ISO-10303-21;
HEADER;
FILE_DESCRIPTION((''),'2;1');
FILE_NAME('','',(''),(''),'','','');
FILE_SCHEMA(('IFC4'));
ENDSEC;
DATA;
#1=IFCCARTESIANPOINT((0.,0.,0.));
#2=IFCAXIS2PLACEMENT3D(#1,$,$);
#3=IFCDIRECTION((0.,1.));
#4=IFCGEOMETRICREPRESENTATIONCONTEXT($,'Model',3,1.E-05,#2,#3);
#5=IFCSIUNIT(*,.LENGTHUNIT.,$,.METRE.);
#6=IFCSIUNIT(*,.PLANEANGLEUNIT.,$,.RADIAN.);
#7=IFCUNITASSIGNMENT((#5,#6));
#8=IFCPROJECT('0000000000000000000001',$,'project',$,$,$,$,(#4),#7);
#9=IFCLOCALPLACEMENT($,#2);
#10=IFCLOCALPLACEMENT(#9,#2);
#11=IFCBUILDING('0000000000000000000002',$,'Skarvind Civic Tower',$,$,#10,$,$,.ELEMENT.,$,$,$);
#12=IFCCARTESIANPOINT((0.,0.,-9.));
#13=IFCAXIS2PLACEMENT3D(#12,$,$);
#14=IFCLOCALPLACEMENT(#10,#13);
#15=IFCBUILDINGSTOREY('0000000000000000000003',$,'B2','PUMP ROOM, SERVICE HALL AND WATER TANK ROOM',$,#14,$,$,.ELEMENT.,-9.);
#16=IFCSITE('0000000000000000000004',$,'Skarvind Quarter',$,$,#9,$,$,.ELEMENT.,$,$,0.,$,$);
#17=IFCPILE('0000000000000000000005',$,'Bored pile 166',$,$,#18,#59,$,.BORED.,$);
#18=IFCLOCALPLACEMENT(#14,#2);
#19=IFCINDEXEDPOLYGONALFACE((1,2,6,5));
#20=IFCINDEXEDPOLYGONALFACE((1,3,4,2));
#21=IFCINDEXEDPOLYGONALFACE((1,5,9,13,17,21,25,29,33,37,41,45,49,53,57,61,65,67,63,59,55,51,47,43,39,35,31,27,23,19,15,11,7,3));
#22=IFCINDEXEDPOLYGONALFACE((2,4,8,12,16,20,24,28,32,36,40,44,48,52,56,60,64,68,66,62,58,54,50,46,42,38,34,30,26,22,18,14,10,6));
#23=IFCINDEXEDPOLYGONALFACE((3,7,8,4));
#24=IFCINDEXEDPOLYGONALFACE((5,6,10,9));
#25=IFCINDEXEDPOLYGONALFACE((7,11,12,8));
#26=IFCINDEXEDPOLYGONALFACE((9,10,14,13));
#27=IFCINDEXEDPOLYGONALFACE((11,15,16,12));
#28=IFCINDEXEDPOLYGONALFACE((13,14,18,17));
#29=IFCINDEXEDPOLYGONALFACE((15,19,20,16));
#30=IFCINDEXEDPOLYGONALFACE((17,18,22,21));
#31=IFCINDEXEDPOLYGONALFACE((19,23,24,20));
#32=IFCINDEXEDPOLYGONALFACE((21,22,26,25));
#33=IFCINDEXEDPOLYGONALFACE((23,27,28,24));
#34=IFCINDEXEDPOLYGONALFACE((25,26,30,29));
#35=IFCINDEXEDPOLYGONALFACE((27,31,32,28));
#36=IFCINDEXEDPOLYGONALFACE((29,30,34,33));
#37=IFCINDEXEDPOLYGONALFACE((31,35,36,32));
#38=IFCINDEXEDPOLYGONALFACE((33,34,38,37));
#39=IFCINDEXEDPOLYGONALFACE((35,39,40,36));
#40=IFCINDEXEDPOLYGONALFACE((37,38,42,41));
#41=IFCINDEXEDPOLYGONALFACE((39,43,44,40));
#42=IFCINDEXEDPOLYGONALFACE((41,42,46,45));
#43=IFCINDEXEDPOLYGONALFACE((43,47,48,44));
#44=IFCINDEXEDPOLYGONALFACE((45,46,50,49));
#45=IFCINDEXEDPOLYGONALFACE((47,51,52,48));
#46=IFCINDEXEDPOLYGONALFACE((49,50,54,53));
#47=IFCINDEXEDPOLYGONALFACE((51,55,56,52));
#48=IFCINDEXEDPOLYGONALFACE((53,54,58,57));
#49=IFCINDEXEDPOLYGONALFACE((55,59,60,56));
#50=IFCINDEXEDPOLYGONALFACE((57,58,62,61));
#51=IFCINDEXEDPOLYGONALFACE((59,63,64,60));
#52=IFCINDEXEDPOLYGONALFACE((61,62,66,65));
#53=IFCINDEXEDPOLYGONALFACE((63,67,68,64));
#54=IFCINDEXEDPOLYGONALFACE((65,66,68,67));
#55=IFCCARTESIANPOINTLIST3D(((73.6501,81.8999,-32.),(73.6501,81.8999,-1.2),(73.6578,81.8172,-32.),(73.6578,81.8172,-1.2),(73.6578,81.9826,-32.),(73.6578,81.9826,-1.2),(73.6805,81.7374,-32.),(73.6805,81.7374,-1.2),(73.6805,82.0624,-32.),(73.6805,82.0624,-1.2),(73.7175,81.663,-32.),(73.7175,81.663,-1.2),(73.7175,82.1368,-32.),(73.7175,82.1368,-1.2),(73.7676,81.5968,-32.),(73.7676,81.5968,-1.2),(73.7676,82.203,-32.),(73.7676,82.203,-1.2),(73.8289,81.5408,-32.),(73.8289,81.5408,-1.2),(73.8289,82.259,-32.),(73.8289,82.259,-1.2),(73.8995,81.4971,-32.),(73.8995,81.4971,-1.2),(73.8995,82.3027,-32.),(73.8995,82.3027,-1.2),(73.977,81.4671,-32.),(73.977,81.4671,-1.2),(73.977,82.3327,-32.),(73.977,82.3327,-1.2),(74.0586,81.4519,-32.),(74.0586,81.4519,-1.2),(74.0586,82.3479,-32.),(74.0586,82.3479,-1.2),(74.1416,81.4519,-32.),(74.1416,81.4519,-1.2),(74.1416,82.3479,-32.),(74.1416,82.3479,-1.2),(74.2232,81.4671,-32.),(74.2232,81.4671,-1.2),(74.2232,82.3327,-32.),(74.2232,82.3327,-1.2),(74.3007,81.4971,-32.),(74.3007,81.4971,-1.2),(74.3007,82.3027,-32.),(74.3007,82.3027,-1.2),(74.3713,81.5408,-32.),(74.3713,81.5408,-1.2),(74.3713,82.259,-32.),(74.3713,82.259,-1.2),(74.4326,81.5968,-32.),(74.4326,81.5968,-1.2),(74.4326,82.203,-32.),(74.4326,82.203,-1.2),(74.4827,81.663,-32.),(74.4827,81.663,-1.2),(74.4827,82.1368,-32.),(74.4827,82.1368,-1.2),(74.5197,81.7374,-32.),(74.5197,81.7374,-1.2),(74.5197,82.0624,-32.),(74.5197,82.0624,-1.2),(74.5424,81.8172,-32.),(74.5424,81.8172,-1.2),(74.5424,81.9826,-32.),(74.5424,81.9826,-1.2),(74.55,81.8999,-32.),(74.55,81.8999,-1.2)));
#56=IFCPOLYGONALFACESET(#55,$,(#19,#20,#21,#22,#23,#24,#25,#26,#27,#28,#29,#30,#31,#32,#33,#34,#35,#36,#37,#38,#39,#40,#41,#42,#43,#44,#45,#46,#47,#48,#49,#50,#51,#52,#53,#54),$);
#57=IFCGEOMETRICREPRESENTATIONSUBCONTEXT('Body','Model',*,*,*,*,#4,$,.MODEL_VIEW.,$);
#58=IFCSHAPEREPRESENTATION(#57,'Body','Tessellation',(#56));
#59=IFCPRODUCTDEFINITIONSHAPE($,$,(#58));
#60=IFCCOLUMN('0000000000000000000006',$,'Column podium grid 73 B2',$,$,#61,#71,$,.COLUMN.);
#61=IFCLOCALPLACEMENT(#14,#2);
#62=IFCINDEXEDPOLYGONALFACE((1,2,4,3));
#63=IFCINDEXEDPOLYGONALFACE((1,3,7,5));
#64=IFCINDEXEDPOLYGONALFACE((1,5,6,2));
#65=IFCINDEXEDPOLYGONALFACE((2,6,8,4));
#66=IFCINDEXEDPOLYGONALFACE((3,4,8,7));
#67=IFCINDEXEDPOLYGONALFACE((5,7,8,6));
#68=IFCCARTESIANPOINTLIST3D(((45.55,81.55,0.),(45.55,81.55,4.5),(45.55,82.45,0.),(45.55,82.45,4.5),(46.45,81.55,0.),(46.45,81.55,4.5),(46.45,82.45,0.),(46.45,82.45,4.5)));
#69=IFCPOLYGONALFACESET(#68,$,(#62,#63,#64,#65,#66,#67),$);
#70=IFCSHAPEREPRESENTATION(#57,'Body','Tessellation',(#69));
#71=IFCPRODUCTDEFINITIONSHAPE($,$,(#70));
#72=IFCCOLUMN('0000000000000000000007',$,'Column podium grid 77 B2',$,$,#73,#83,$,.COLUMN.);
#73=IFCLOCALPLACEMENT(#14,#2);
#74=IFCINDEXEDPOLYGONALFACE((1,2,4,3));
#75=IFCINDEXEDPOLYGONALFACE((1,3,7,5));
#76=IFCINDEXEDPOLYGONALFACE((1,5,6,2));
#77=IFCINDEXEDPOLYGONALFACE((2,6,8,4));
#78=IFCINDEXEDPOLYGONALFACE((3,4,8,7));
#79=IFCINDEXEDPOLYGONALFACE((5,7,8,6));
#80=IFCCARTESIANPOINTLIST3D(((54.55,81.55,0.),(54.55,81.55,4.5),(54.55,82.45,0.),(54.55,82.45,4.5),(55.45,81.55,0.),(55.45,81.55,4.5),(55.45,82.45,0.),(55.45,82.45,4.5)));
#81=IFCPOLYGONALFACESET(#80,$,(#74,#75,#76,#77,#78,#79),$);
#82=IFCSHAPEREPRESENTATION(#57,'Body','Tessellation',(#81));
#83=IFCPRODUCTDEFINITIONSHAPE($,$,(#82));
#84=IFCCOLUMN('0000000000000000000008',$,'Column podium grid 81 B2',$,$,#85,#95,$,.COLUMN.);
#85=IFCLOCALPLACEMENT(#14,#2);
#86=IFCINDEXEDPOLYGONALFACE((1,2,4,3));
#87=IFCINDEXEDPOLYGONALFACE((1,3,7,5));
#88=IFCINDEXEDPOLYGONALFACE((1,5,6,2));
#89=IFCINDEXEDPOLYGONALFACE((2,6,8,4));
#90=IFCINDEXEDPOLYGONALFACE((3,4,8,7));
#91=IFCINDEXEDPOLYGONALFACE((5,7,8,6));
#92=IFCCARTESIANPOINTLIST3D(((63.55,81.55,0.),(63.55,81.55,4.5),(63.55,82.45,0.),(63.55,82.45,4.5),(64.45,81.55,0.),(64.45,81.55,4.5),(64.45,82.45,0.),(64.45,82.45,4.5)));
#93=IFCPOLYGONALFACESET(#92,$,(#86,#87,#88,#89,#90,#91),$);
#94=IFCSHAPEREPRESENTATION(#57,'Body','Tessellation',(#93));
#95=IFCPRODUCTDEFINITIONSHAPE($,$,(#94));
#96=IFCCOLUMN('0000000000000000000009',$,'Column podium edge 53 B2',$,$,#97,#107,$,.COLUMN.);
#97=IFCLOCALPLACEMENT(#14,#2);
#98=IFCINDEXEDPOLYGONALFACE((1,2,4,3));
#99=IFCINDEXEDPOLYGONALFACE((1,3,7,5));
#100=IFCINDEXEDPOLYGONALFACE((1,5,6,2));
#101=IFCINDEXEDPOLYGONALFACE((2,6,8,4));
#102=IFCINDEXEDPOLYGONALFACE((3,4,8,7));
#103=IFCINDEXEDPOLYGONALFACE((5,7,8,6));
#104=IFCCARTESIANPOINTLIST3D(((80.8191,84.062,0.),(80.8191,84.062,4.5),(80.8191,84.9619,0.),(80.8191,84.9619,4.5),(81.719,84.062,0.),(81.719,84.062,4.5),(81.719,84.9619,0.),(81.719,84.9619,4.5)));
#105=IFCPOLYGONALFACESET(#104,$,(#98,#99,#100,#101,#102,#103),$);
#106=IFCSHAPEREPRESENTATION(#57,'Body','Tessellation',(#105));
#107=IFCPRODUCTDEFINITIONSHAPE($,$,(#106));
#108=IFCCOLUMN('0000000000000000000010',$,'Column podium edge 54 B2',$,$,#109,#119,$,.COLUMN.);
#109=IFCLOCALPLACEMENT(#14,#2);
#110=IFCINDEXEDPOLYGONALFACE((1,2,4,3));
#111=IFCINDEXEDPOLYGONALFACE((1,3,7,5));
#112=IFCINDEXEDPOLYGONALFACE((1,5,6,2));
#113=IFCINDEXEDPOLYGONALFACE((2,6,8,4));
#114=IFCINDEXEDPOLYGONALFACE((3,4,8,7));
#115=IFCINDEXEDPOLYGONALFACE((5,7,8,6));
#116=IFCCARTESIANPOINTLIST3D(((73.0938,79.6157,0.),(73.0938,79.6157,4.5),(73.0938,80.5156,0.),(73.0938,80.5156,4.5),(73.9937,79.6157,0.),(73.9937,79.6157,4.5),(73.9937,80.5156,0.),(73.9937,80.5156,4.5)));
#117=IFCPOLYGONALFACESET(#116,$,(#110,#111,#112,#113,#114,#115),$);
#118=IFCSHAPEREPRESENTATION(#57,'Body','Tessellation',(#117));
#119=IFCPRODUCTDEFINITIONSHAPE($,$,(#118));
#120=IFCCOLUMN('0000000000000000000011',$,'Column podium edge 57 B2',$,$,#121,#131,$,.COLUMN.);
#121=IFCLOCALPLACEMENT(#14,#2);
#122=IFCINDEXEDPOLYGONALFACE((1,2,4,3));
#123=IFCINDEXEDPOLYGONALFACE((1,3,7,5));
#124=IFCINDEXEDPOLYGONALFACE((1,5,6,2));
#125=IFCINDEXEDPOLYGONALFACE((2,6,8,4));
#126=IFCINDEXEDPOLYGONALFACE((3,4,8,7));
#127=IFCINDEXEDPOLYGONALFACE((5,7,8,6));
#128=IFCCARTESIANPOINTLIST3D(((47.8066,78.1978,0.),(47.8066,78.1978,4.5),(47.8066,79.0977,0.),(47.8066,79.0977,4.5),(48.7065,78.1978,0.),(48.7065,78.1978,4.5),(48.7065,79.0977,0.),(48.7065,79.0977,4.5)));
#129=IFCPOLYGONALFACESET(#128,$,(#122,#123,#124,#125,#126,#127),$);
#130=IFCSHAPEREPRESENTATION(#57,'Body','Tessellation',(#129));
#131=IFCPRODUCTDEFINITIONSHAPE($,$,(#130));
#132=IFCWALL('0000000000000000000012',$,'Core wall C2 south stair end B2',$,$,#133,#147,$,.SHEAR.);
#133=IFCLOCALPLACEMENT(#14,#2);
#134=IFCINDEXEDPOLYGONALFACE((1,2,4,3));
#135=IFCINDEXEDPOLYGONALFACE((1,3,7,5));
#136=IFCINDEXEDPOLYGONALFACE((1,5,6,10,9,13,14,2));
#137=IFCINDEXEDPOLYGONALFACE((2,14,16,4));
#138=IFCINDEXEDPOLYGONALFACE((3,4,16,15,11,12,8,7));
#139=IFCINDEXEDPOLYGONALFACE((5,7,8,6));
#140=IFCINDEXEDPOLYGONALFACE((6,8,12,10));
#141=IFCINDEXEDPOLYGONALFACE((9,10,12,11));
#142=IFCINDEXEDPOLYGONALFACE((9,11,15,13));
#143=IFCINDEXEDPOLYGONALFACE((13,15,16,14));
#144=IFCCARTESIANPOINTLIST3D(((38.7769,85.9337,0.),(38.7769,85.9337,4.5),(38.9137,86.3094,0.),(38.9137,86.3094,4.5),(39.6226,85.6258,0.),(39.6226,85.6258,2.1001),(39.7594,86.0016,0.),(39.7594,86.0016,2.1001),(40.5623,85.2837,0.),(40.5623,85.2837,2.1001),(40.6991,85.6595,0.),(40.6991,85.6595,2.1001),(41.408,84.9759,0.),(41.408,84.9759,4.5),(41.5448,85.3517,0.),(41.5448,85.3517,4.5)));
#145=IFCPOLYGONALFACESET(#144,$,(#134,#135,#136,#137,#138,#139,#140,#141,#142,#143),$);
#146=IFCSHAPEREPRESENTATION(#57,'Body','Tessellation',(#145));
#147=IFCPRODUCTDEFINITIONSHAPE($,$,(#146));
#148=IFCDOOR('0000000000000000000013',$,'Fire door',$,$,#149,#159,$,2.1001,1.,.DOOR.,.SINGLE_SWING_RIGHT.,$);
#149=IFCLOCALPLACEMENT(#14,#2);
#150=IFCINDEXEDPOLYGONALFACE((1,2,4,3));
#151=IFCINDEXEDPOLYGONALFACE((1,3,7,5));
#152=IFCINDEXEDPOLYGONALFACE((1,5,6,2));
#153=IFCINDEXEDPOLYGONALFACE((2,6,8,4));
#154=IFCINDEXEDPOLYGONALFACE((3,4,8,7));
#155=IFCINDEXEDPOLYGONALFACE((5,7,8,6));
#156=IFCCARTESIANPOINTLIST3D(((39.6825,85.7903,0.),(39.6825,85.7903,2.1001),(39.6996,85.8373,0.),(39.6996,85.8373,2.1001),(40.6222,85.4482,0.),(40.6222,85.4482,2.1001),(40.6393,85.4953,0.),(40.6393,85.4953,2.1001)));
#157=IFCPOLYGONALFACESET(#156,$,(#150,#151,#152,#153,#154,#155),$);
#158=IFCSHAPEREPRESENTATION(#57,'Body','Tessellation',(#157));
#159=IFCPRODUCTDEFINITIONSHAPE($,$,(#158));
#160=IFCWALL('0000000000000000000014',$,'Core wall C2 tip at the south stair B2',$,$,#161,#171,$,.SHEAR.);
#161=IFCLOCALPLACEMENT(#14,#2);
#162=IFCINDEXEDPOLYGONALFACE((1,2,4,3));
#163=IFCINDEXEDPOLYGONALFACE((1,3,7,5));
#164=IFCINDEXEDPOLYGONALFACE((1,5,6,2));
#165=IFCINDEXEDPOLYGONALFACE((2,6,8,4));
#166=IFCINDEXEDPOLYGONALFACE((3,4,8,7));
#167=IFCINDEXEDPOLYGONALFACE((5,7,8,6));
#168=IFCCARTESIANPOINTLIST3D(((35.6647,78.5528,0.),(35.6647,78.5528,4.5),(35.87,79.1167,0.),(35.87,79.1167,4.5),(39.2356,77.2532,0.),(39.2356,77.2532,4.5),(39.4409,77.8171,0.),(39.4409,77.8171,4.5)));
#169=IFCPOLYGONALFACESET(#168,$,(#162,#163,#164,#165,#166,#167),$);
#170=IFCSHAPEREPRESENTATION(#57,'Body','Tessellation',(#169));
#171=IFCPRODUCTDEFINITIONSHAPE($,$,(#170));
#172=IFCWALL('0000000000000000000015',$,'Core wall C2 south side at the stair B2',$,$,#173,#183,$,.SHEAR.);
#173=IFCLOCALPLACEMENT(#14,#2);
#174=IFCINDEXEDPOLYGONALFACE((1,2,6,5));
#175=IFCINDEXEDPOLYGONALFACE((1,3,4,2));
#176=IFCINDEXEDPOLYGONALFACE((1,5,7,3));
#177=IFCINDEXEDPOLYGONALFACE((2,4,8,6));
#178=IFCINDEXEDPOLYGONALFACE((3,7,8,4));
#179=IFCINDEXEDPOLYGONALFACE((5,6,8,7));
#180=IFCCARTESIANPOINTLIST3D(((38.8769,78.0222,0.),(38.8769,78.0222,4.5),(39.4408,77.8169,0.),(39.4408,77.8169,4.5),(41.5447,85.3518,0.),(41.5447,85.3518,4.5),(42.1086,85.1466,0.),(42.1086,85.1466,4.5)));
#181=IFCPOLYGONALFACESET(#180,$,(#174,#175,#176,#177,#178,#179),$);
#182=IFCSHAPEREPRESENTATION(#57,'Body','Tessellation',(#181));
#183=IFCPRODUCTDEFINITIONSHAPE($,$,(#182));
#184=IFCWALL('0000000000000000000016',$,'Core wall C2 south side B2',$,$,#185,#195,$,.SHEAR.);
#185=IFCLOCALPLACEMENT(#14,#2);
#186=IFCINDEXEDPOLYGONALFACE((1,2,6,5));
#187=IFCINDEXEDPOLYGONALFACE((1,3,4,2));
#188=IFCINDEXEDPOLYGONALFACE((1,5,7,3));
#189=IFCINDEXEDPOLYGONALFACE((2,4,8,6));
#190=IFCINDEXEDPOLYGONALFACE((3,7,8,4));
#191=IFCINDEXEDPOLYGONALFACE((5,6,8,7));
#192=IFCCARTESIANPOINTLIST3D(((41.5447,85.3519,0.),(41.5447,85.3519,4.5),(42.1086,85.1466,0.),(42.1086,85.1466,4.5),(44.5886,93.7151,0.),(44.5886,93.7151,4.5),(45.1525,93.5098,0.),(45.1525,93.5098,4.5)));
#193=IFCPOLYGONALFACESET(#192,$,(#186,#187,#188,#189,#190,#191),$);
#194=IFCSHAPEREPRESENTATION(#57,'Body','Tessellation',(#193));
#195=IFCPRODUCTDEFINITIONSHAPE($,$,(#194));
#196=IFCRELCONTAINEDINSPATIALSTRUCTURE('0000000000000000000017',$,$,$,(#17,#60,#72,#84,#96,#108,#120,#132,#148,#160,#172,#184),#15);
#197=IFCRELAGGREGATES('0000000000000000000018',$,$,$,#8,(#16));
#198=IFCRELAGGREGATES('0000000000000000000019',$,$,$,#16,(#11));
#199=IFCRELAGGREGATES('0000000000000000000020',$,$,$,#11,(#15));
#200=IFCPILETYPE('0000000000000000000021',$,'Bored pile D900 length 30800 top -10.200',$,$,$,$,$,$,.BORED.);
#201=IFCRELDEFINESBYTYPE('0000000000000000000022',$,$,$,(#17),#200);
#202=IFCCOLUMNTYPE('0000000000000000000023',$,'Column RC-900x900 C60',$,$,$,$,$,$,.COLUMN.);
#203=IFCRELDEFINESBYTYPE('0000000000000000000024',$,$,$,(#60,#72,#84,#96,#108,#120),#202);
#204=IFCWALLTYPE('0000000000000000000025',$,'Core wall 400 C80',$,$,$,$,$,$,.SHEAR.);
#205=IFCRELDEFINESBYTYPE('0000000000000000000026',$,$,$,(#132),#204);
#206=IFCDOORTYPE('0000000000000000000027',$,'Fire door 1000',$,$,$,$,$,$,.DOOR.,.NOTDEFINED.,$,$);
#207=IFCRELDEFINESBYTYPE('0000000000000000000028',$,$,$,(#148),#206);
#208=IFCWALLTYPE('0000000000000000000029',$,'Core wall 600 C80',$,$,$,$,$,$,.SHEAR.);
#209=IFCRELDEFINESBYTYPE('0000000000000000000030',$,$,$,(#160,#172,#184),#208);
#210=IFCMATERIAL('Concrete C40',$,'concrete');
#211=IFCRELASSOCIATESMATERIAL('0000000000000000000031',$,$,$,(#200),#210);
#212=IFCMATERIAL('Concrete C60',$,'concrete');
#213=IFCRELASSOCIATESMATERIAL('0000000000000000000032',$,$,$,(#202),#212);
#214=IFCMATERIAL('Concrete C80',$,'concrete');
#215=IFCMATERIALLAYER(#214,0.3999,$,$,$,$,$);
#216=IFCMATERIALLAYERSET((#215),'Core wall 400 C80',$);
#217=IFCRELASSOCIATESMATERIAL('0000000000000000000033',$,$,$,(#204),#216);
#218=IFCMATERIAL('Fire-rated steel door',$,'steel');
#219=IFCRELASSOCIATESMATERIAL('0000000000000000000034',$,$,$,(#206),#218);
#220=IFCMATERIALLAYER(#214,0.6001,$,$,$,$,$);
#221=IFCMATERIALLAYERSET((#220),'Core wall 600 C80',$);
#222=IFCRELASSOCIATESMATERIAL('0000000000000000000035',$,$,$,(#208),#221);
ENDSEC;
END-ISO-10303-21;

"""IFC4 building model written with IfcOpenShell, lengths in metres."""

from ifc_helpers import new_model, si_unit, direction, frame, frame_2d, origin, origin_2d, place, context, subcontext, project, spatial, rectangle, circle, extrude, material, layer, layer_set, material_profile, profile_set, type_object, element, fill, save


model = new_model("IFC4")

# Units and contexts
model_context = context("Model", 3, precision=1e-05, world=origin(), true_north=direction((0.0, 1.0)))
body_context = subcontext(model_context, "Body", "Model", "MODEL_VIEW")
ifc_project = project(units=[si_unit("LENGTHUNIT", "METRE"), si_unit("PLANEANGLEUNIT", "RADIAN")], contexts=[model_context])

# Site, building, storey
site_placement = place(None, origin())
site = spatial("IfcSite", under=ifc_project, at=site_placement, Name="Skarvind Quarter", CompositionType="ELEMENT", RefElevation=0.0)
building_placement = place(site_placement, origin())
building = spatial("IfcBuilding", under=site, at=building_placement, Name="Skarvind Civic Tower", CompositionType="ELEMENT")
storey_placement = place(building_placement, frame((0.0, 0.0, -9.0)))
storey = spatial("IfcBuildingStorey", under=building, at=storey_placement, Name="B2", Description="PUMP ROOM, SERVICE HALL AND WATER TANK ROOM", CompositionType="ELEMENT", Elevation=-9.0)

# Pile
ifc_material_1 = material(Name="Concrete C40", Category="concrete")
pile_type_1 = type_object("IfcPileType", Name="Bored pile D900 length 30800 top -10.200", PredefinedType="BORED", material=ifc_material_1)
for number, where, z_axis, x_axis, name in (
    (1, (74.1001, 81.8999, -1.2), (0.0, 0.0, -1.0), (1.0, 0.0, 0.0), "Bored pile 166"),
):
    element("IfcPile", number, at=place(storey_placement, frame(where, z_axis=z_axis, x_axis=x_axis)), inside=storey, type_object=pile_type_1, Name=name, PredefinedType="BORED", context=body_context, shape_type="SweptSolid", body=[
        extrude(circle(Radius=0.45, at=origin_2d()), origin(), (0.0, 0.0, 1.0), 30.8),
    ])

# Columns
ifc_material_2 = material(Name="Concrete C60", Category="concrete")
ifc_material_profile = material_profile(ifc_material_2, rectangle(XDim=0.8999, YDim=0.8999, at=origin_2d()), Name="RC-900x900")
ifc_profile_set = profile_set([ifc_material_profile], Name="Concrete C60")
column_type = type_object("IfcColumnType", Name="Column RC-900x900 C60", PredefinedType="COLUMN", material=ifc_profile_set)
for number, where, z_axis, x_axis, name in (
    (2, (46.0, 82.0, 0.0), (0.0, 0.0, 1.0), (1.0, 0.0, 0.0), "Column podium grid 73 B2"),
    (3, (55.0, 82.0, 0.0), (0.0, 0.0, 1.0), (1.0, 0.0, 0.0), "Column podium grid 77 B2"),
    (4, (64.0, 82.0, 0.0), (0.0, 0.0, 1.0), (1.0, 0.0, 0.0), "Column podium grid 81 B2"),
    (5, (81.269, 84.512, 0.0), (0.0, 0.0, 1.0), (1.0, 0.0, 0.0), "Column podium edge 53 B2"),
    (6, (73.5437, 80.0657, 0.0), (0.0, 0.0, 1.0), (1.0, 0.0, 0.0), "Column podium edge 54 B2"),
    (7, (48.2566, 78.6477, 0.0), (0.0, 0.0, 1.0), (1.0, 0.0, 0.0), "Column podium edge 57 B2"),
):
    element("IfcColumn", number, at=place(storey_placement, frame(where, z_axis=z_axis, x_axis=x_axis)), inside=storey, type_object=column_type, Name=name, PredefinedType="COLUMN", context=body_context, shape_type="SweptSolid", body=[
        extrude(rectangle(XDim=0.8999, YDim=0.8999, at=origin_2d()), origin(), (0.0, 0.0, 1.0), 4.5),
    ])

# Wall, opening, door
ifc_material_3 = material(Name="Concrete C80", Category="concrete")
ifc_layer_1 = layer(ifc_material_3, 0.3999)
ifc_layer_set_1 = layer_set([ifc_layer_1], Name="Core wall 400 C80")
wall_type_1 = type_object("IfcWallType", Name="Core wall 400 C80", PredefinedType="SHEAR", material=ifc_layer_set_1)
wall_1_placement = place(storey_placement, frame((41.4763, 85.1638, 0.0), z_axis=(0.0, 0.0, 1.0), x_axis=(-0.939679, 0.342058, 0.0)))
wall_1 = element("IfcWall", 8, at=wall_1_placement, inside=storey, type_object=wall_type_1, Name="Core wall C2 south stair end B2", PredefinedType="SHEAR", context=body_context, shape_type="SweptSolid", body=[
    extrude(rectangle(XDim=2.8, YDim=0.3999, at=frame_2d((1.3999, 0.0))), origin(), (0.0, 0.0, 1.0), 4.5),
])
opening_placement = place(wall_1_placement, frame((0.8999, 0.0, 0.0)))
opening = element("IfcOpeningElement", 9, at=opening_placement, cuts=wall_1, PredefinedType="OPENING", context=body_context, shape_type="SweptSolid", body=[
    extrude(rectangle(XDim=1.0, YDim=2.1001, at=frame_2d((0.5, 1.05))), frame((0.0, 0.21, 0.0), z_axis=(0.0, -1.0, 0.0), x_axis=(1.0, 0.0, 0.0)), (0.0, 0.0, 1.0), 0.4199),
])
ifc_material_4 = material(Name="Fire-rated steel door", Category="steel")
door_type = type_object("IfcDoorType", Name="Fire door 1000", OperationType="NOTDEFINED", PredefinedType="DOOR", material=ifc_material_4)
door_placement = place(opening_placement, origin())
door = element("IfcDoor", 10, at=door_placement, inside=storey, type_object=door_type, Name="Fire door", OperationType="SINGLE_SWING_RIGHT", OverallHeight=2.1001, OverallWidth=1.0, PredefinedType="DOOR", context=body_context, shape_type="SweptSolid", body=[
    extrude(rectangle(XDim=1.0, YDim=2.1001, at=frame_2d((0.5, 1.05))), frame((0.0, 0.0249, 0.0), z_axis=(0.0, -1.0, 0.0), x_axis=(1.0, 0.0, 0.0)), (0.0, 0.0, 1.0), 0.05),
])
fill(opening, door)

# Walls
ifc_layer_2 = layer(ifc_material_3, 0.6001)
ifc_layer_set_2 = layer_set([ifc_layer_2], Name="Core wall 600 C80")
wall_type_2 = type_object("IfcWallType", Name="Core wall 600 C80", PredefinedType="SHEAR", material=ifc_layer_set_2)
wall_2_placement = place(storey_placement, frame((39.3381, 77.5352, 0.0), z_axis=(0.0, 0.0, 1.0), x_axis=(-0.939701, 0.341996, 0.0)))
element("IfcWall", 11, at=wall_2_placement, inside=storey, type_object=wall_type_2, Name="Core wall C2 tip at the south stair B2", PredefinedType="SHEAR", context=body_context, shape_type="SweptSolid", body=[
    extrude(rectangle(XDim=3.8, YDim=0.6001, at=frame_2d((1.8999, 0.0))), origin(), (0.0, 0.0, 1.0), 4.5),
])
wall_3_placement = place(storey_placement, frame((39.1589, 77.9197, 0.0), z_axis=(0.0, 0.0, 1.0), x_axis=(0.342017, 0.939694, 0.0)))
element("IfcWall", 12, at=wall_3_placement, inside=storey, type_object=wall_type_2, Name="Core wall C2 south side at the stair B2", PredefinedType="SHEAR", context=body_context, shape_type="SweptSolid", body=[
    extrude(rectangle(XDim=7.8, YDim=0.6001, at=frame_2d((3.8999, 0.0))), origin(), (0.0, 0.0, 1.0), 4.5),
])
wall_4_placement = place(storey_placement, frame((41.8267, 85.2493, 0.0), z_axis=(0.0, 0.0, 1.0), x_axis=(0.342016, 0.939694, 0.0)))
element("IfcWall", 13, at=wall_4_placement, inside=storey, type_object=wall_type_2, Name="Core wall C2 south side B2", PredefinedType="SHEAR", context=body_context, shape_type="SweptSolid", body=[
    extrude(rectangle(XDim=8.8999, YDim=0.6001, at=frame_2d((4.45, 0.0))), origin(), (0.0, 0.0, 1.0), 4.5),
])

save(model, "model.ifc")
